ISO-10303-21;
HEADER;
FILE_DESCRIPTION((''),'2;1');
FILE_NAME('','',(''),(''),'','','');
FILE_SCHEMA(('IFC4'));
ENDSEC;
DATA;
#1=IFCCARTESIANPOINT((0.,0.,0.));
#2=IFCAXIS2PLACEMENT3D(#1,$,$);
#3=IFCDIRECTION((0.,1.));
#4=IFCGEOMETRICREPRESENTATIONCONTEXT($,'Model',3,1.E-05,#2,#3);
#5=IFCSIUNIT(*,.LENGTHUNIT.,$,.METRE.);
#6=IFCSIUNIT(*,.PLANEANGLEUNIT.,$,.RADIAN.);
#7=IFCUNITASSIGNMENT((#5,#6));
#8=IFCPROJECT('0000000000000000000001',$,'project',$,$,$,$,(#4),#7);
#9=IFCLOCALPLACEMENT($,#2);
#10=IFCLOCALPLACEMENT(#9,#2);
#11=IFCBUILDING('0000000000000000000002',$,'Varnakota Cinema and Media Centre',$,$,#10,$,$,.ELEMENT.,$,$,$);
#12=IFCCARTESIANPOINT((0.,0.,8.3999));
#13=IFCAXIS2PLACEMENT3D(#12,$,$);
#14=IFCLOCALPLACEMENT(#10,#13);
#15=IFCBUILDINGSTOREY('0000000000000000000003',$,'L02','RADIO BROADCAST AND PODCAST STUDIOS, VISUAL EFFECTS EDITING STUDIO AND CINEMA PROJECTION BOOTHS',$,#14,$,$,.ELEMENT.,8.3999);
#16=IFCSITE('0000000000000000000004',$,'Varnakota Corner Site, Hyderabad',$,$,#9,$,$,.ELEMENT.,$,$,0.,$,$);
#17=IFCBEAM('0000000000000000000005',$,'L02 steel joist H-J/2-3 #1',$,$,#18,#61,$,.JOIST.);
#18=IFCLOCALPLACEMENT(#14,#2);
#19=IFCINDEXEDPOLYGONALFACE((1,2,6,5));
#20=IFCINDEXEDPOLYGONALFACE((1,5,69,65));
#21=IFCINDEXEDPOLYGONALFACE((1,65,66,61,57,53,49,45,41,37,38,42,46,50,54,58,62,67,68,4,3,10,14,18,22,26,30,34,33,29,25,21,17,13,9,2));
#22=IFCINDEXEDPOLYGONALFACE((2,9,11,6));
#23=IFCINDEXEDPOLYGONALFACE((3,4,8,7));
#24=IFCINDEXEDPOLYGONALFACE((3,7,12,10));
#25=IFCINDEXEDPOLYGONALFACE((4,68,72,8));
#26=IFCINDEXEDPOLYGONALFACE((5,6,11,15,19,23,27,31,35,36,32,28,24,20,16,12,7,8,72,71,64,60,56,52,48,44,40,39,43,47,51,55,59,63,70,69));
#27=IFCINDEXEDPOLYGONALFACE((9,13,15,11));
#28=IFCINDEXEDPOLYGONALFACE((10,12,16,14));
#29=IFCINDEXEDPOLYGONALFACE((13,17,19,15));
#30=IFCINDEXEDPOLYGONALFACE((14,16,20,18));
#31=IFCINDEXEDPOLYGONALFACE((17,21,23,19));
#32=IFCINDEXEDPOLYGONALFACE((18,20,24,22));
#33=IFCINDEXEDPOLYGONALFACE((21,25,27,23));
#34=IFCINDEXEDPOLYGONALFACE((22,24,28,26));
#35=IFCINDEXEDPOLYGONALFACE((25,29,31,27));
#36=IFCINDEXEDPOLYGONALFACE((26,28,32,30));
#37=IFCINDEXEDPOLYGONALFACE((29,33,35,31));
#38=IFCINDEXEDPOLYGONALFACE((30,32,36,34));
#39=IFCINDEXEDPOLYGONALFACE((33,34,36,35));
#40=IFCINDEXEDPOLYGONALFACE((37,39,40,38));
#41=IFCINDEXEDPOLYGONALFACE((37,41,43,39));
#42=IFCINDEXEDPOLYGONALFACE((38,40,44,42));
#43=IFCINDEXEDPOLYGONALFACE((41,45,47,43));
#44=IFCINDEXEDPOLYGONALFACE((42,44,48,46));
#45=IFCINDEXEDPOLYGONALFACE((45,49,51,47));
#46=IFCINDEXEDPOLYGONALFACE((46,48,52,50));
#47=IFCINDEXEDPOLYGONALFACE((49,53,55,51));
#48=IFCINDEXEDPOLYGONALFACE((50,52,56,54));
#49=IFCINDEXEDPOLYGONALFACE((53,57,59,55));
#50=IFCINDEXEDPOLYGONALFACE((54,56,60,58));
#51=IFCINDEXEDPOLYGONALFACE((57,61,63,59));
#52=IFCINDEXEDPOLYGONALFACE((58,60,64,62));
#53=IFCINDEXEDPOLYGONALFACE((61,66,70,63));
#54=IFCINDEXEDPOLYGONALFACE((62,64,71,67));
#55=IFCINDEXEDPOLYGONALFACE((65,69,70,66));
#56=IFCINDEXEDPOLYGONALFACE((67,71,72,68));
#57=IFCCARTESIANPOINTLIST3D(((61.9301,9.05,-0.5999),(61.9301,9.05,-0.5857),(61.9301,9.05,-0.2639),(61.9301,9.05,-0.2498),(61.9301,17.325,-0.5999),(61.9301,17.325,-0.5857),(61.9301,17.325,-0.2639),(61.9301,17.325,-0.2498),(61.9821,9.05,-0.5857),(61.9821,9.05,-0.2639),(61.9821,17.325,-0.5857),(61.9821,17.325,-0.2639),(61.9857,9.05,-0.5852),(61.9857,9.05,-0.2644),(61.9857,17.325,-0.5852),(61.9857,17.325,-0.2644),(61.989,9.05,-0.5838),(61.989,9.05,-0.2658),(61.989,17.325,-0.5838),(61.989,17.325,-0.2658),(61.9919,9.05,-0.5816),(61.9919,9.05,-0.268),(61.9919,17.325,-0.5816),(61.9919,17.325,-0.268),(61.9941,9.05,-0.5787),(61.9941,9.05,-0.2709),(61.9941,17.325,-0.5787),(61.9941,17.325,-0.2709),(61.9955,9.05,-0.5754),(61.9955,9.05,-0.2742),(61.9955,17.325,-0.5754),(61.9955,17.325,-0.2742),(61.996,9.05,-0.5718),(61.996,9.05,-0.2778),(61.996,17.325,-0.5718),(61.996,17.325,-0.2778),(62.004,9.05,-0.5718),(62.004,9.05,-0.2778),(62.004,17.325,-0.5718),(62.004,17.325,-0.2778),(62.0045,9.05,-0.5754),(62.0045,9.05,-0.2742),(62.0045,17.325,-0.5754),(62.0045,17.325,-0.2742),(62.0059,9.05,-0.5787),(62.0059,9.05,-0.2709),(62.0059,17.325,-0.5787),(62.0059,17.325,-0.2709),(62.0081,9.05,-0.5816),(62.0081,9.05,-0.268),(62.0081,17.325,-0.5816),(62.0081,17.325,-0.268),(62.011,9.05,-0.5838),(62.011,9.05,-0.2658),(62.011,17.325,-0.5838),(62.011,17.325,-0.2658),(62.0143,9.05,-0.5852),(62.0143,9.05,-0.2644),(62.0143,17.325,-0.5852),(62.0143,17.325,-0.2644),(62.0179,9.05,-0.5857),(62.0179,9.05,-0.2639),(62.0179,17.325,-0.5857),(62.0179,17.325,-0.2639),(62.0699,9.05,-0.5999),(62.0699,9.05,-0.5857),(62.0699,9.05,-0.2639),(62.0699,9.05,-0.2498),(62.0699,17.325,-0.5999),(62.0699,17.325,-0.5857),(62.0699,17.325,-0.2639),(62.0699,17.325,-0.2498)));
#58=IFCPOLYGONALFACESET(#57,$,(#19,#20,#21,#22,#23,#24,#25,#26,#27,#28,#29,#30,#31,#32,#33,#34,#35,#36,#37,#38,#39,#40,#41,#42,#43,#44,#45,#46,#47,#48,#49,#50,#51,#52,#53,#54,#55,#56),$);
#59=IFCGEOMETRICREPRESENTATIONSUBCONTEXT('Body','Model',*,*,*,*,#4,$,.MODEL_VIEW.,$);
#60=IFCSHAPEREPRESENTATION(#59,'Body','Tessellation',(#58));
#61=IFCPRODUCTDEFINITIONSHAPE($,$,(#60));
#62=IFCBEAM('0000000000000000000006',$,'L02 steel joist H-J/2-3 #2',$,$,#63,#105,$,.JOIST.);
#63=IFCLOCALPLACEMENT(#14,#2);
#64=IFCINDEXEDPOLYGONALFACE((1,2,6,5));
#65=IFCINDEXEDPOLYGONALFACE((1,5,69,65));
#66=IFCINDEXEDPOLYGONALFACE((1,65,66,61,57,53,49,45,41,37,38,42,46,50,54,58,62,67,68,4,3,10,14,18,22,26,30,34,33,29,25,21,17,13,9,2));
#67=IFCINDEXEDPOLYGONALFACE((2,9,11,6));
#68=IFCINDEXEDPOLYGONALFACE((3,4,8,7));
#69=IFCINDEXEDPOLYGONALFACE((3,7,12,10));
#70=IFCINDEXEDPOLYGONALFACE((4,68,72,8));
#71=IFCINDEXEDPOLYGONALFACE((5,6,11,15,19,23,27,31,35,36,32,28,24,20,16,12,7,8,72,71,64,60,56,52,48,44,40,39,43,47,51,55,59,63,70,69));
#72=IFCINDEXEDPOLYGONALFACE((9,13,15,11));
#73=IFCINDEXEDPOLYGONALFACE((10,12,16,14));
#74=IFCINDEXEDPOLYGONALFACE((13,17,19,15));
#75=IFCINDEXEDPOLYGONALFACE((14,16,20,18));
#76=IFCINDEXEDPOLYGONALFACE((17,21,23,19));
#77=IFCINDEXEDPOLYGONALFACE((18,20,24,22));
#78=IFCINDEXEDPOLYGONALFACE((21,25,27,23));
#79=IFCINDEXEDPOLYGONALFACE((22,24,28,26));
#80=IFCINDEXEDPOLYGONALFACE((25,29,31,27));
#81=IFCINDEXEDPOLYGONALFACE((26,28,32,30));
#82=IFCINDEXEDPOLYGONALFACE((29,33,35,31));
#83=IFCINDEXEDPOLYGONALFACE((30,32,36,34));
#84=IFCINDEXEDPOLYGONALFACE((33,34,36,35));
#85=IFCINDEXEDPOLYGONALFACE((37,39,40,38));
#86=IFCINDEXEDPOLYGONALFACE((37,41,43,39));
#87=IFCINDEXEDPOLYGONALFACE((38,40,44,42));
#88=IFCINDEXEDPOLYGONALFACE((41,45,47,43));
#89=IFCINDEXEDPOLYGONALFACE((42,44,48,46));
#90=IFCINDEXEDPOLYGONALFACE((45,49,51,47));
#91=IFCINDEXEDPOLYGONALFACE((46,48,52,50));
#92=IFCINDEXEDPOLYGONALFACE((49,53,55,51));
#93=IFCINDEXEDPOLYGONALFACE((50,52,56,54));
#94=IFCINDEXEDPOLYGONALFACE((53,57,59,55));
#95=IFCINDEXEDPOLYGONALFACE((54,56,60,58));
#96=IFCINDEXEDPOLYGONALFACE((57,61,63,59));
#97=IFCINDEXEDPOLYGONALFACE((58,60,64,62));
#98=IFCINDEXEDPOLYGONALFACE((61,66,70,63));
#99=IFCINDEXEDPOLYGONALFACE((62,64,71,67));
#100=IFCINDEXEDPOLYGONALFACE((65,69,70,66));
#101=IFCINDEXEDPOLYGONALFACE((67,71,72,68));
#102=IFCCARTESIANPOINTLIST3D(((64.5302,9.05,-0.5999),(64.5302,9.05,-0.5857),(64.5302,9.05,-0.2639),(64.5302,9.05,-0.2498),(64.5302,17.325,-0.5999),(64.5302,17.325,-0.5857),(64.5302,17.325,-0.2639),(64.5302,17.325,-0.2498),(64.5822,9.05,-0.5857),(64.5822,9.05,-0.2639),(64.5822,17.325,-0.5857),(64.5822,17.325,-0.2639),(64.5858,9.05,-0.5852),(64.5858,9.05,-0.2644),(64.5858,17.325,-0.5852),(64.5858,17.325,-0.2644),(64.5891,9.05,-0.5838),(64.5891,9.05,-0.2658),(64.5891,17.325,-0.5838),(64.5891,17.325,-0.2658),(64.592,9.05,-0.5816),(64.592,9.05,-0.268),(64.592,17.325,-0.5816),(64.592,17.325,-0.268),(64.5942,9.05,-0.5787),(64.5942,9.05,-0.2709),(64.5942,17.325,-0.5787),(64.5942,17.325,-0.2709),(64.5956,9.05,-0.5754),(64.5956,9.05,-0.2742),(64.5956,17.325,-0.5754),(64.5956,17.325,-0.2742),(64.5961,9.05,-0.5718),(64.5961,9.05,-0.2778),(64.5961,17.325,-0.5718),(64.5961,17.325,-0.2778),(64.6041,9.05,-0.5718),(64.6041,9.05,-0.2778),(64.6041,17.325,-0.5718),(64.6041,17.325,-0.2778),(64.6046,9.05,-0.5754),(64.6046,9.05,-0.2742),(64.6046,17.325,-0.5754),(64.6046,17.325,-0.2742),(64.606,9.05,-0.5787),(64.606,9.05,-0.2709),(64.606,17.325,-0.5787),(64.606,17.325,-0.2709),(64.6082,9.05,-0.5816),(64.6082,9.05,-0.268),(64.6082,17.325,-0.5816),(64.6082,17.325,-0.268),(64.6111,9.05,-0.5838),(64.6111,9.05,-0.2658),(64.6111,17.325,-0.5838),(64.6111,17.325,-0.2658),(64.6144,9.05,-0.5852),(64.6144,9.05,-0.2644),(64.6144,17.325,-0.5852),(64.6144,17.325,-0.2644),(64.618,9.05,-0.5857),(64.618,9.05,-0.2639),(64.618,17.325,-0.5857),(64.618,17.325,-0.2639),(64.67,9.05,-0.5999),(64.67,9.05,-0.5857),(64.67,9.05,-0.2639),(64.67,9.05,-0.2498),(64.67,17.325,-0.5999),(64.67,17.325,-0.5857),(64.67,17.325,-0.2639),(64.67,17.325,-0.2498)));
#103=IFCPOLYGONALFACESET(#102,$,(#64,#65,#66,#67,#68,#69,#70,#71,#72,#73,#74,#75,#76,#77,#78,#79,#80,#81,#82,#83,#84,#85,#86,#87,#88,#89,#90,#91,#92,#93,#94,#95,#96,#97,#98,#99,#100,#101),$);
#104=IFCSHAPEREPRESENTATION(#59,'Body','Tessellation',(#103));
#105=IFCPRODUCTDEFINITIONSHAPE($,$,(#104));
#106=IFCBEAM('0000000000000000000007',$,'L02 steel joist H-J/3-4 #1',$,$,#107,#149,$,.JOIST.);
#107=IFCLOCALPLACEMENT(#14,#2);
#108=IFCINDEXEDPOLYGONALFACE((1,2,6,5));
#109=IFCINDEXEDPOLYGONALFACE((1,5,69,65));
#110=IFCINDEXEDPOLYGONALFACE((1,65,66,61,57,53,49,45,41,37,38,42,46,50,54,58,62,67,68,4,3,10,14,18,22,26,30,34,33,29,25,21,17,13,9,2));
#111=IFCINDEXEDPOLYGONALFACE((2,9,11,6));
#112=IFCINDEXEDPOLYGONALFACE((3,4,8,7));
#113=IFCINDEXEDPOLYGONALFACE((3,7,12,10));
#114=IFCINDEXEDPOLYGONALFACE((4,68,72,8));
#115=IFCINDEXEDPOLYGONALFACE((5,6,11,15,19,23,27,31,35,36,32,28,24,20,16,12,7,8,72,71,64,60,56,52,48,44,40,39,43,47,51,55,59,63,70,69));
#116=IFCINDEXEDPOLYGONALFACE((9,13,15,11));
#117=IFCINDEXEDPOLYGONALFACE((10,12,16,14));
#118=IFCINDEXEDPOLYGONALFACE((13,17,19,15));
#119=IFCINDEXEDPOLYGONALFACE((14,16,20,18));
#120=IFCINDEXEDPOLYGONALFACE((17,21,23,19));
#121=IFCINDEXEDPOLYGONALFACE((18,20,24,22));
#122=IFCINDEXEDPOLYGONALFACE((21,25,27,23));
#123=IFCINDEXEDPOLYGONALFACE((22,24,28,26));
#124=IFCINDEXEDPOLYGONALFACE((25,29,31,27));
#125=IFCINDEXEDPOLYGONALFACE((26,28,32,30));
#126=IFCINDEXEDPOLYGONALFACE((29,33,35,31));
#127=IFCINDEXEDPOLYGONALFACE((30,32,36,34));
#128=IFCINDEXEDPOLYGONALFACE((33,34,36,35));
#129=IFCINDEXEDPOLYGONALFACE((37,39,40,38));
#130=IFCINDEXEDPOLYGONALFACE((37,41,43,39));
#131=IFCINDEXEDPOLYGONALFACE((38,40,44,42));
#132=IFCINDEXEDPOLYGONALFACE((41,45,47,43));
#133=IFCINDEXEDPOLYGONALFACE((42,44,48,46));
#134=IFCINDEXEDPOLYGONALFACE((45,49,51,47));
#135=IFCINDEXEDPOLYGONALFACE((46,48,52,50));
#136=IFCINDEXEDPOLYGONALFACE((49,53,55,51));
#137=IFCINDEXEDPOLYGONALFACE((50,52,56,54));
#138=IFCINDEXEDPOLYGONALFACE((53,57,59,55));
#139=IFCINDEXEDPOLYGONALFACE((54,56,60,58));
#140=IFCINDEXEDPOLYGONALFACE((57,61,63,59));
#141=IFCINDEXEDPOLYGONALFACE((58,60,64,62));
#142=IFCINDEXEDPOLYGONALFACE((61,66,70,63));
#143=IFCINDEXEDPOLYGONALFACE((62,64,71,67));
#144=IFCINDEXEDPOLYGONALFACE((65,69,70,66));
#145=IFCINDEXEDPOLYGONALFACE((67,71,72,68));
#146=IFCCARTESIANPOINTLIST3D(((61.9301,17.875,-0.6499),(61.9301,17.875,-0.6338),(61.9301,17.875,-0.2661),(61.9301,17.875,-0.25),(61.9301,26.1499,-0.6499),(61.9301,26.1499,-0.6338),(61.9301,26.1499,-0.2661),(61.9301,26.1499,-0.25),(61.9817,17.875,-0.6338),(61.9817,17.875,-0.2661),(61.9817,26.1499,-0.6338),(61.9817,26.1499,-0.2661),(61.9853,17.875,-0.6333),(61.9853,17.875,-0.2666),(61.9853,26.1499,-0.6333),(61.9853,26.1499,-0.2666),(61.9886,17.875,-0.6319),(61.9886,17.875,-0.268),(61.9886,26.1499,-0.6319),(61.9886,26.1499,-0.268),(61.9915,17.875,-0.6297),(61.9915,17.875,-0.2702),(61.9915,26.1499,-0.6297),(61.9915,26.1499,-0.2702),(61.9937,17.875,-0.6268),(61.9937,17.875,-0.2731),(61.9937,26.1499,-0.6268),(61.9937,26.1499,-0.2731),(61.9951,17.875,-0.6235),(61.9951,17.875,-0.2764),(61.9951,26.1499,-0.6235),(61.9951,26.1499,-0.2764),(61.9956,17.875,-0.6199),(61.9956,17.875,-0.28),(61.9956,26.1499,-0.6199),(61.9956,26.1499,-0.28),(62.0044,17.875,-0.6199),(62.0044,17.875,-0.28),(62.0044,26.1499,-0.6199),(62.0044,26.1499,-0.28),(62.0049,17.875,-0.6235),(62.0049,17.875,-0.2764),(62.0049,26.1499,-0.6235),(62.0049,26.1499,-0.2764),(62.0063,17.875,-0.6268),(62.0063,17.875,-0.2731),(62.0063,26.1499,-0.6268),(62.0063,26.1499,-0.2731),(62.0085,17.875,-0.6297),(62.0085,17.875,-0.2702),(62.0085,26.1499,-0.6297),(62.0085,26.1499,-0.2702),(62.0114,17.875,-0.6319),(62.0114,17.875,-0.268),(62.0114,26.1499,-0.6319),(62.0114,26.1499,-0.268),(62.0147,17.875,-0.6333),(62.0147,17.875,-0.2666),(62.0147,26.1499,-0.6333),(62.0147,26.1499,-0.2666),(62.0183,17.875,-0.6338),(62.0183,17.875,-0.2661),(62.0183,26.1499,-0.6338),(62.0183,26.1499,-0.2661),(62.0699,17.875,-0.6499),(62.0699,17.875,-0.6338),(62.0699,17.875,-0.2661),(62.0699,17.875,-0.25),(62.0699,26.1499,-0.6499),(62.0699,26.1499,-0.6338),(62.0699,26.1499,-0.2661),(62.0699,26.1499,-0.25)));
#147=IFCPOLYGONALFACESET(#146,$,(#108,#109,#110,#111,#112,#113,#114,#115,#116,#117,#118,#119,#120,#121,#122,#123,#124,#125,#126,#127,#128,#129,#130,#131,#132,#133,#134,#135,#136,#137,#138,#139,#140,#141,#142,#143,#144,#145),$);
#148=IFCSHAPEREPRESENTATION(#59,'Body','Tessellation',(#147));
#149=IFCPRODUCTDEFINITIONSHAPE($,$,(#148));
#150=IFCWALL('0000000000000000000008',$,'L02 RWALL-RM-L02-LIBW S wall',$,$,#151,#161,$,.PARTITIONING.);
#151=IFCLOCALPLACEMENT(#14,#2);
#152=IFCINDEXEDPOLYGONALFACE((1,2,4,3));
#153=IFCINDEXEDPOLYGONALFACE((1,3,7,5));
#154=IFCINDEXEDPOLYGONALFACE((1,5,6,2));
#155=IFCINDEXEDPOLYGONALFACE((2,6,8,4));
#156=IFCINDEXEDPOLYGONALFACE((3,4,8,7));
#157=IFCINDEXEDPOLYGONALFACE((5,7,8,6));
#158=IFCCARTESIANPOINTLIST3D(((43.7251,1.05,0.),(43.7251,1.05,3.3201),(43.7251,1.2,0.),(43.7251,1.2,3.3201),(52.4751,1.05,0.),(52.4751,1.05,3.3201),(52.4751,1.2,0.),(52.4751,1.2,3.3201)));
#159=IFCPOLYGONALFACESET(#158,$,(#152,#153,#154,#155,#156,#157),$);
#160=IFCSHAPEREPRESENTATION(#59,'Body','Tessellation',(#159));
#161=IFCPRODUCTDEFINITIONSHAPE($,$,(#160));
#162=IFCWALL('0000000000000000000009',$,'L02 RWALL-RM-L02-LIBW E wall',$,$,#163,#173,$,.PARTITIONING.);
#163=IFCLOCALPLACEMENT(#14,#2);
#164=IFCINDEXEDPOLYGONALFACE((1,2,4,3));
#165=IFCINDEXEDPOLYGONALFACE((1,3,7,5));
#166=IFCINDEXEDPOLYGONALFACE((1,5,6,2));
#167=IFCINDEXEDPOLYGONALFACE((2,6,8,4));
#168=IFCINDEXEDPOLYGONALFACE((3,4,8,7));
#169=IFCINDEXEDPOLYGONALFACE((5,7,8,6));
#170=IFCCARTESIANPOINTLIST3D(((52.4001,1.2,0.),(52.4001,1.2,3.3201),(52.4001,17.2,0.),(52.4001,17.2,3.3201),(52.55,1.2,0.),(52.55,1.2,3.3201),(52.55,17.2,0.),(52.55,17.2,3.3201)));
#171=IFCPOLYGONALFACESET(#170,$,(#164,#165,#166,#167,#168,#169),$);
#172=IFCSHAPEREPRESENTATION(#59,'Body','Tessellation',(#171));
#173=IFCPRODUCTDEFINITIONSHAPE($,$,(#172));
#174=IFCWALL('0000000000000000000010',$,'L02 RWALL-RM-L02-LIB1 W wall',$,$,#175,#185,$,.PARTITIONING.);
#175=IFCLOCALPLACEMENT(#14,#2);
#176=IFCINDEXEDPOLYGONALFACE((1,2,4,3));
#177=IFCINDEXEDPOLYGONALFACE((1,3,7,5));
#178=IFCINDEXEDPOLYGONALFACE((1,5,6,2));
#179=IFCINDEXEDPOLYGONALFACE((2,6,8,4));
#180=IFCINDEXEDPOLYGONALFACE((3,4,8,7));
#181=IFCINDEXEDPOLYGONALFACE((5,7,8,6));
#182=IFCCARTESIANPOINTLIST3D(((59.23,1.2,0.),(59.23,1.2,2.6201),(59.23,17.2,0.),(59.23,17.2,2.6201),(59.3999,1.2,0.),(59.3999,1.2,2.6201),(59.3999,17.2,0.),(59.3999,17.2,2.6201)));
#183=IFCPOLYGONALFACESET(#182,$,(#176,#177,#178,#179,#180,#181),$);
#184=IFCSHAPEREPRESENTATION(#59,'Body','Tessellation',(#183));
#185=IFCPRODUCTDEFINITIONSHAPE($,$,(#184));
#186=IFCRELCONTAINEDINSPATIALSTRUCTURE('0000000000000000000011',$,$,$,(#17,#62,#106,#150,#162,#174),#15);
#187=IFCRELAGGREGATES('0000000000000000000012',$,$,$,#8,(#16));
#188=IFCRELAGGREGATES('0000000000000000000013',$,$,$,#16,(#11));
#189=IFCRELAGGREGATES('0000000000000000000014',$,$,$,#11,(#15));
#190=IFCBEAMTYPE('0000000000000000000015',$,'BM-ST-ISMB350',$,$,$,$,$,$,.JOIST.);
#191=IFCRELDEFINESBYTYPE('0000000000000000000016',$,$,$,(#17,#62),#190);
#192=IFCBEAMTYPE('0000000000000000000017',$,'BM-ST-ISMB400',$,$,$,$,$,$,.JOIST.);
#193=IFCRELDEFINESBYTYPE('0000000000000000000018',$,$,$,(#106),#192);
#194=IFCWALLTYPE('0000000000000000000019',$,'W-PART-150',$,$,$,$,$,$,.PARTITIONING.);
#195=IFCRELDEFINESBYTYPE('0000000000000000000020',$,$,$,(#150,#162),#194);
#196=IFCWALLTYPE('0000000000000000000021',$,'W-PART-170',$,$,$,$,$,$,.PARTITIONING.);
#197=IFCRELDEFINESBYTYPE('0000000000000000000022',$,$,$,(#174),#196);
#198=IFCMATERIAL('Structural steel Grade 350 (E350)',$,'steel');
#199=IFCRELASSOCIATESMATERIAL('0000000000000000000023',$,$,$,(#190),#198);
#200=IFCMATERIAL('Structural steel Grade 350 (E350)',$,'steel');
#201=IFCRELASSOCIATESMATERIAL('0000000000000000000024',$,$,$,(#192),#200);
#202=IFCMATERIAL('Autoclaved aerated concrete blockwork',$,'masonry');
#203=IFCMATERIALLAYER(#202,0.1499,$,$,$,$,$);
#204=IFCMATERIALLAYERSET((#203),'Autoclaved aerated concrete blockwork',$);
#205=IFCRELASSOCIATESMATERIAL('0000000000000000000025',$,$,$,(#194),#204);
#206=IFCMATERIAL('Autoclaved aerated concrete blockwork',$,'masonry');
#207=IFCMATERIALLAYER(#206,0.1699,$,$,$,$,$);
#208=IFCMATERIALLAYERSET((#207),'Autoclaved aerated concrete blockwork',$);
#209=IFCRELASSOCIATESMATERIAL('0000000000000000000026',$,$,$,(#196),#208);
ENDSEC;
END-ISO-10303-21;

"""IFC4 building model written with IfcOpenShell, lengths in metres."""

from ifc_helpers import new_model, si_unit, direction, frame, frame_2d, origin, origin_2d, place, context, subcontext, project, spatial, rectangle, i_section, extrude, material, layer, layer_set, material_profile, profile_set, type_object, element, save


model = new_model("IFC4")

# Units and contexts
model_context = context("Model", 3, precision=1e-05, world=origin(), true_north=direction((0.0, 1.0)))
body_context = subcontext(model_context, "Body", "Model", "MODEL_VIEW")
ifc_project = project(units=[si_unit("LENGTHUNIT", "METRE"), si_unit("PLANEANGLEUNIT", "RADIAN")], contexts=[model_context])

# Site, building, storey
site_placement = place(None, origin())
site = spatial("IfcSite", under=ifc_project, at=site_placement, Name="Varnakota Corner Site, Hyderabad", CompositionType="ELEMENT", RefElevation=0.0)
building_placement = place(site_placement, origin())
building = spatial("IfcBuilding", under=site, at=building_placement, Name="Varnakota Cinema and Media Centre", CompositionType="ELEMENT")
storey_placement = place(building_placement, frame((0.0, 0.0, 8.3999)))
storey = spatial("IfcBuildingStorey", under=building, at=storey_placement, Name="L02", Description="RADIO BROADCAST AND PODCAST STUDIOS, VISUAL EFFECTS EDITING STUDIO AND CINEMA PROJECTION BOOTHS", CompositionType="ELEMENT", Elevation=8.3999)

# Beams
ifc_material_1 = material(Name="Structural steel Grade 350 (E350)", Category="steel")
ifc_material_profile_1 = material_profile(ifc_material_1, i_section(OverallWidth=0.1399, OverallDepth=0.3501, WebThickness=0.0081, FlangeThickness=0.0142, FilletRadius=0.0139, at=origin_2d()), Name="ISMB 350")
ifc_profile_set_1 = profile_set([ifc_material_profile_1], Name="Structural steel Grade 350 (E350)")
beam_type_1 = type_object("IfcBeamType", Name="BM-ST-ISMB350", PredefinedType="JOIST", material=ifc_profile_set_1)
for number, where, z_axis, x_axis, name in (
    (1, (62.0, 9.05, -0.4248), (0.0, 1.0, 0.0), (-1.0, 0.0, 0.0), "L02 steel joist H-J/2-3 #1"),
    (2, (64.6001, 9.05, -0.4248), (0.0, 1.0, 0.0), (-1.0, 0.0, 0.0), "L02 steel joist H-J/2-3 #2"),
):
    element("IfcBeam", number, at=place(storey_placement, frame(where, z_axis=z_axis, x_axis=x_axis)), inside=storey, type_object=beam_type_1, Name=name, PredefinedType="JOIST", context=body_context, shape_type="SweptSolid", body=[
        extrude(i_section(OverallWidth=0.1399, OverallDepth=0.3501, WebThickness=0.0081, FlangeThickness=0.0142, FilletRadius=0.0139, at=origin_2d()), origin(), (0.0, 0.0, 1.0), 8.2749),
    ])
ifc_material_2 = material(Name="Structural steel Grade 350 (E350)", Category="steel")
ifc_material_profile_2 = material_profile(ifc_material_2, i_section(OverallWidth=0.1399, OverallDepth=0.3999, WebThickness=0.0088, FlangeThickness=0.0161, FilletRadius=0.0139, at=origin_2d()), Name="ISMB 400")
ifc_profile_set_2 = profile_set([ifc_material_profile_2], Name="Structural steel Grade 350 (E350)")
beam_type_2 = type_object("IfcBeamType", Name="BM-ST-ISMB400", PredefinedType="JOIST", material=ifc_profile_set_2)
beam_1_placement = place(storey_placement, frame((62.0, 17.875, -0.45), z_axis=(0.0, 1.0, 0.0), x_axis=(-1.0, 0.0, 0.0)))
element("IfcBeam", 3, at=beam_1_placement, inside=storey, type_object=beam_type_2, Name="L02 steel joist H-J/3-4 #1", PredefinedType="JOIST", context=body_context, shape_type="SweptSolid", body=[
    extrude(i_section(OverallWidth=0.1399, OverallDepth=0.3999, WebThickness=0.0088, FlangeThickness=0.0161, FilletRadius=0.0139, at=origin_2d()), origin(), (0.0, 0.0, 1.0), 8.2749),
])

# Walls
ifc_material_3 = material(Name="Autoclaved aerated concrete blockwork", Category="masonry")
ifc_layer_1 = layer(ifc_material_3, 0.1499)
ifc_layer_set_1 = layer_set([ifc_layer_1], Name="Autoclaved aerated concrete blockwork")
wall_type_1 = type_object("IfcWallType", Name="W-PART-150", PredefinedType="PARTITIONING", material=ifc_layer_set_1)
wall_1_placement = place(storey_placement, frame((52.4751, 1.125, 0.0), z_axis=(0.0, 0.0, 1.0), x_axis=(-1.0, 0.0, 0.0)))
element("IfcWall", 4, at=wall_1_placement, inside=storey, type_object=wall_type_1, Name="L02 RWALL-RM-L02-LIBW S wall", PredefinedType="PARTITIONING", context=body_context, shape_type="SweptSolid", body=[
    extrude(rectangle(XDim=8.75, YDim=0.1499, at=frame_2d((4.375, 0.0))), origin(), (0.0, 0.0, 1.0), 3.3201),
])
wall_2_placement = place(storey_placement, frame((52.4751, 17.2, 0.0), z_axis=(0.0, 0.0, 1.0), x_axis=(0.0, -1.0, 0.0)))
element("IfcWall", 5, at=wall_2_placement, inside=storey, type_object=wall_type_1, Name="L02 RWALL-RM-L02-LIBW E wall", PredefinedType="PARTITIONING", context=body_context, shape_type="SweptSolid", body=[
    extrude(rectangle(XDim=16.0, YDim=0.1499, at=frame_2d((8.0, 0.0))), origin(), (0.0, 0.0, 1.0), 3.3201),
])
ifc_material_4 = material(Name="Autoclaved aerated concrete blockwork", Category="masonry")
ifc_layer_2 = layer(ifc_material_4, 0.1699)
ifc_layer_set_2 = layer_set([ifc_layer_2], Name="Autoclaved aerated concrete blockwork")
wall_type_2 = type_object("IfcWallType", Name="W-PART-170", PredefinedType="PARTITIONING", material=ifc_layer_set_2)
wall_3_placement = place(storey_placement, frame((59.3149, 1.2, 0.0), z_axis=(0.0, 0.0, 1.0), x_axis=(0.0, 1.0, 0.0)))
element("IfcWall", 6, at=wall_3_placement, inside=storey, type_object=wall_type_2, Name="L02 RWALL-RM-L02-LIB1 W wall", PredefinedType="PARTITIONING", context=body_context, shape_type="SweptSolid", body=[
    extrude(rectangle(XDim=16.0, YDim=0.1699, at=frame_2d((8.0, 0.0))), origin(), (0.0, 0.0, 1.0), 2.6201),
])

save(model, "model.ifc")
